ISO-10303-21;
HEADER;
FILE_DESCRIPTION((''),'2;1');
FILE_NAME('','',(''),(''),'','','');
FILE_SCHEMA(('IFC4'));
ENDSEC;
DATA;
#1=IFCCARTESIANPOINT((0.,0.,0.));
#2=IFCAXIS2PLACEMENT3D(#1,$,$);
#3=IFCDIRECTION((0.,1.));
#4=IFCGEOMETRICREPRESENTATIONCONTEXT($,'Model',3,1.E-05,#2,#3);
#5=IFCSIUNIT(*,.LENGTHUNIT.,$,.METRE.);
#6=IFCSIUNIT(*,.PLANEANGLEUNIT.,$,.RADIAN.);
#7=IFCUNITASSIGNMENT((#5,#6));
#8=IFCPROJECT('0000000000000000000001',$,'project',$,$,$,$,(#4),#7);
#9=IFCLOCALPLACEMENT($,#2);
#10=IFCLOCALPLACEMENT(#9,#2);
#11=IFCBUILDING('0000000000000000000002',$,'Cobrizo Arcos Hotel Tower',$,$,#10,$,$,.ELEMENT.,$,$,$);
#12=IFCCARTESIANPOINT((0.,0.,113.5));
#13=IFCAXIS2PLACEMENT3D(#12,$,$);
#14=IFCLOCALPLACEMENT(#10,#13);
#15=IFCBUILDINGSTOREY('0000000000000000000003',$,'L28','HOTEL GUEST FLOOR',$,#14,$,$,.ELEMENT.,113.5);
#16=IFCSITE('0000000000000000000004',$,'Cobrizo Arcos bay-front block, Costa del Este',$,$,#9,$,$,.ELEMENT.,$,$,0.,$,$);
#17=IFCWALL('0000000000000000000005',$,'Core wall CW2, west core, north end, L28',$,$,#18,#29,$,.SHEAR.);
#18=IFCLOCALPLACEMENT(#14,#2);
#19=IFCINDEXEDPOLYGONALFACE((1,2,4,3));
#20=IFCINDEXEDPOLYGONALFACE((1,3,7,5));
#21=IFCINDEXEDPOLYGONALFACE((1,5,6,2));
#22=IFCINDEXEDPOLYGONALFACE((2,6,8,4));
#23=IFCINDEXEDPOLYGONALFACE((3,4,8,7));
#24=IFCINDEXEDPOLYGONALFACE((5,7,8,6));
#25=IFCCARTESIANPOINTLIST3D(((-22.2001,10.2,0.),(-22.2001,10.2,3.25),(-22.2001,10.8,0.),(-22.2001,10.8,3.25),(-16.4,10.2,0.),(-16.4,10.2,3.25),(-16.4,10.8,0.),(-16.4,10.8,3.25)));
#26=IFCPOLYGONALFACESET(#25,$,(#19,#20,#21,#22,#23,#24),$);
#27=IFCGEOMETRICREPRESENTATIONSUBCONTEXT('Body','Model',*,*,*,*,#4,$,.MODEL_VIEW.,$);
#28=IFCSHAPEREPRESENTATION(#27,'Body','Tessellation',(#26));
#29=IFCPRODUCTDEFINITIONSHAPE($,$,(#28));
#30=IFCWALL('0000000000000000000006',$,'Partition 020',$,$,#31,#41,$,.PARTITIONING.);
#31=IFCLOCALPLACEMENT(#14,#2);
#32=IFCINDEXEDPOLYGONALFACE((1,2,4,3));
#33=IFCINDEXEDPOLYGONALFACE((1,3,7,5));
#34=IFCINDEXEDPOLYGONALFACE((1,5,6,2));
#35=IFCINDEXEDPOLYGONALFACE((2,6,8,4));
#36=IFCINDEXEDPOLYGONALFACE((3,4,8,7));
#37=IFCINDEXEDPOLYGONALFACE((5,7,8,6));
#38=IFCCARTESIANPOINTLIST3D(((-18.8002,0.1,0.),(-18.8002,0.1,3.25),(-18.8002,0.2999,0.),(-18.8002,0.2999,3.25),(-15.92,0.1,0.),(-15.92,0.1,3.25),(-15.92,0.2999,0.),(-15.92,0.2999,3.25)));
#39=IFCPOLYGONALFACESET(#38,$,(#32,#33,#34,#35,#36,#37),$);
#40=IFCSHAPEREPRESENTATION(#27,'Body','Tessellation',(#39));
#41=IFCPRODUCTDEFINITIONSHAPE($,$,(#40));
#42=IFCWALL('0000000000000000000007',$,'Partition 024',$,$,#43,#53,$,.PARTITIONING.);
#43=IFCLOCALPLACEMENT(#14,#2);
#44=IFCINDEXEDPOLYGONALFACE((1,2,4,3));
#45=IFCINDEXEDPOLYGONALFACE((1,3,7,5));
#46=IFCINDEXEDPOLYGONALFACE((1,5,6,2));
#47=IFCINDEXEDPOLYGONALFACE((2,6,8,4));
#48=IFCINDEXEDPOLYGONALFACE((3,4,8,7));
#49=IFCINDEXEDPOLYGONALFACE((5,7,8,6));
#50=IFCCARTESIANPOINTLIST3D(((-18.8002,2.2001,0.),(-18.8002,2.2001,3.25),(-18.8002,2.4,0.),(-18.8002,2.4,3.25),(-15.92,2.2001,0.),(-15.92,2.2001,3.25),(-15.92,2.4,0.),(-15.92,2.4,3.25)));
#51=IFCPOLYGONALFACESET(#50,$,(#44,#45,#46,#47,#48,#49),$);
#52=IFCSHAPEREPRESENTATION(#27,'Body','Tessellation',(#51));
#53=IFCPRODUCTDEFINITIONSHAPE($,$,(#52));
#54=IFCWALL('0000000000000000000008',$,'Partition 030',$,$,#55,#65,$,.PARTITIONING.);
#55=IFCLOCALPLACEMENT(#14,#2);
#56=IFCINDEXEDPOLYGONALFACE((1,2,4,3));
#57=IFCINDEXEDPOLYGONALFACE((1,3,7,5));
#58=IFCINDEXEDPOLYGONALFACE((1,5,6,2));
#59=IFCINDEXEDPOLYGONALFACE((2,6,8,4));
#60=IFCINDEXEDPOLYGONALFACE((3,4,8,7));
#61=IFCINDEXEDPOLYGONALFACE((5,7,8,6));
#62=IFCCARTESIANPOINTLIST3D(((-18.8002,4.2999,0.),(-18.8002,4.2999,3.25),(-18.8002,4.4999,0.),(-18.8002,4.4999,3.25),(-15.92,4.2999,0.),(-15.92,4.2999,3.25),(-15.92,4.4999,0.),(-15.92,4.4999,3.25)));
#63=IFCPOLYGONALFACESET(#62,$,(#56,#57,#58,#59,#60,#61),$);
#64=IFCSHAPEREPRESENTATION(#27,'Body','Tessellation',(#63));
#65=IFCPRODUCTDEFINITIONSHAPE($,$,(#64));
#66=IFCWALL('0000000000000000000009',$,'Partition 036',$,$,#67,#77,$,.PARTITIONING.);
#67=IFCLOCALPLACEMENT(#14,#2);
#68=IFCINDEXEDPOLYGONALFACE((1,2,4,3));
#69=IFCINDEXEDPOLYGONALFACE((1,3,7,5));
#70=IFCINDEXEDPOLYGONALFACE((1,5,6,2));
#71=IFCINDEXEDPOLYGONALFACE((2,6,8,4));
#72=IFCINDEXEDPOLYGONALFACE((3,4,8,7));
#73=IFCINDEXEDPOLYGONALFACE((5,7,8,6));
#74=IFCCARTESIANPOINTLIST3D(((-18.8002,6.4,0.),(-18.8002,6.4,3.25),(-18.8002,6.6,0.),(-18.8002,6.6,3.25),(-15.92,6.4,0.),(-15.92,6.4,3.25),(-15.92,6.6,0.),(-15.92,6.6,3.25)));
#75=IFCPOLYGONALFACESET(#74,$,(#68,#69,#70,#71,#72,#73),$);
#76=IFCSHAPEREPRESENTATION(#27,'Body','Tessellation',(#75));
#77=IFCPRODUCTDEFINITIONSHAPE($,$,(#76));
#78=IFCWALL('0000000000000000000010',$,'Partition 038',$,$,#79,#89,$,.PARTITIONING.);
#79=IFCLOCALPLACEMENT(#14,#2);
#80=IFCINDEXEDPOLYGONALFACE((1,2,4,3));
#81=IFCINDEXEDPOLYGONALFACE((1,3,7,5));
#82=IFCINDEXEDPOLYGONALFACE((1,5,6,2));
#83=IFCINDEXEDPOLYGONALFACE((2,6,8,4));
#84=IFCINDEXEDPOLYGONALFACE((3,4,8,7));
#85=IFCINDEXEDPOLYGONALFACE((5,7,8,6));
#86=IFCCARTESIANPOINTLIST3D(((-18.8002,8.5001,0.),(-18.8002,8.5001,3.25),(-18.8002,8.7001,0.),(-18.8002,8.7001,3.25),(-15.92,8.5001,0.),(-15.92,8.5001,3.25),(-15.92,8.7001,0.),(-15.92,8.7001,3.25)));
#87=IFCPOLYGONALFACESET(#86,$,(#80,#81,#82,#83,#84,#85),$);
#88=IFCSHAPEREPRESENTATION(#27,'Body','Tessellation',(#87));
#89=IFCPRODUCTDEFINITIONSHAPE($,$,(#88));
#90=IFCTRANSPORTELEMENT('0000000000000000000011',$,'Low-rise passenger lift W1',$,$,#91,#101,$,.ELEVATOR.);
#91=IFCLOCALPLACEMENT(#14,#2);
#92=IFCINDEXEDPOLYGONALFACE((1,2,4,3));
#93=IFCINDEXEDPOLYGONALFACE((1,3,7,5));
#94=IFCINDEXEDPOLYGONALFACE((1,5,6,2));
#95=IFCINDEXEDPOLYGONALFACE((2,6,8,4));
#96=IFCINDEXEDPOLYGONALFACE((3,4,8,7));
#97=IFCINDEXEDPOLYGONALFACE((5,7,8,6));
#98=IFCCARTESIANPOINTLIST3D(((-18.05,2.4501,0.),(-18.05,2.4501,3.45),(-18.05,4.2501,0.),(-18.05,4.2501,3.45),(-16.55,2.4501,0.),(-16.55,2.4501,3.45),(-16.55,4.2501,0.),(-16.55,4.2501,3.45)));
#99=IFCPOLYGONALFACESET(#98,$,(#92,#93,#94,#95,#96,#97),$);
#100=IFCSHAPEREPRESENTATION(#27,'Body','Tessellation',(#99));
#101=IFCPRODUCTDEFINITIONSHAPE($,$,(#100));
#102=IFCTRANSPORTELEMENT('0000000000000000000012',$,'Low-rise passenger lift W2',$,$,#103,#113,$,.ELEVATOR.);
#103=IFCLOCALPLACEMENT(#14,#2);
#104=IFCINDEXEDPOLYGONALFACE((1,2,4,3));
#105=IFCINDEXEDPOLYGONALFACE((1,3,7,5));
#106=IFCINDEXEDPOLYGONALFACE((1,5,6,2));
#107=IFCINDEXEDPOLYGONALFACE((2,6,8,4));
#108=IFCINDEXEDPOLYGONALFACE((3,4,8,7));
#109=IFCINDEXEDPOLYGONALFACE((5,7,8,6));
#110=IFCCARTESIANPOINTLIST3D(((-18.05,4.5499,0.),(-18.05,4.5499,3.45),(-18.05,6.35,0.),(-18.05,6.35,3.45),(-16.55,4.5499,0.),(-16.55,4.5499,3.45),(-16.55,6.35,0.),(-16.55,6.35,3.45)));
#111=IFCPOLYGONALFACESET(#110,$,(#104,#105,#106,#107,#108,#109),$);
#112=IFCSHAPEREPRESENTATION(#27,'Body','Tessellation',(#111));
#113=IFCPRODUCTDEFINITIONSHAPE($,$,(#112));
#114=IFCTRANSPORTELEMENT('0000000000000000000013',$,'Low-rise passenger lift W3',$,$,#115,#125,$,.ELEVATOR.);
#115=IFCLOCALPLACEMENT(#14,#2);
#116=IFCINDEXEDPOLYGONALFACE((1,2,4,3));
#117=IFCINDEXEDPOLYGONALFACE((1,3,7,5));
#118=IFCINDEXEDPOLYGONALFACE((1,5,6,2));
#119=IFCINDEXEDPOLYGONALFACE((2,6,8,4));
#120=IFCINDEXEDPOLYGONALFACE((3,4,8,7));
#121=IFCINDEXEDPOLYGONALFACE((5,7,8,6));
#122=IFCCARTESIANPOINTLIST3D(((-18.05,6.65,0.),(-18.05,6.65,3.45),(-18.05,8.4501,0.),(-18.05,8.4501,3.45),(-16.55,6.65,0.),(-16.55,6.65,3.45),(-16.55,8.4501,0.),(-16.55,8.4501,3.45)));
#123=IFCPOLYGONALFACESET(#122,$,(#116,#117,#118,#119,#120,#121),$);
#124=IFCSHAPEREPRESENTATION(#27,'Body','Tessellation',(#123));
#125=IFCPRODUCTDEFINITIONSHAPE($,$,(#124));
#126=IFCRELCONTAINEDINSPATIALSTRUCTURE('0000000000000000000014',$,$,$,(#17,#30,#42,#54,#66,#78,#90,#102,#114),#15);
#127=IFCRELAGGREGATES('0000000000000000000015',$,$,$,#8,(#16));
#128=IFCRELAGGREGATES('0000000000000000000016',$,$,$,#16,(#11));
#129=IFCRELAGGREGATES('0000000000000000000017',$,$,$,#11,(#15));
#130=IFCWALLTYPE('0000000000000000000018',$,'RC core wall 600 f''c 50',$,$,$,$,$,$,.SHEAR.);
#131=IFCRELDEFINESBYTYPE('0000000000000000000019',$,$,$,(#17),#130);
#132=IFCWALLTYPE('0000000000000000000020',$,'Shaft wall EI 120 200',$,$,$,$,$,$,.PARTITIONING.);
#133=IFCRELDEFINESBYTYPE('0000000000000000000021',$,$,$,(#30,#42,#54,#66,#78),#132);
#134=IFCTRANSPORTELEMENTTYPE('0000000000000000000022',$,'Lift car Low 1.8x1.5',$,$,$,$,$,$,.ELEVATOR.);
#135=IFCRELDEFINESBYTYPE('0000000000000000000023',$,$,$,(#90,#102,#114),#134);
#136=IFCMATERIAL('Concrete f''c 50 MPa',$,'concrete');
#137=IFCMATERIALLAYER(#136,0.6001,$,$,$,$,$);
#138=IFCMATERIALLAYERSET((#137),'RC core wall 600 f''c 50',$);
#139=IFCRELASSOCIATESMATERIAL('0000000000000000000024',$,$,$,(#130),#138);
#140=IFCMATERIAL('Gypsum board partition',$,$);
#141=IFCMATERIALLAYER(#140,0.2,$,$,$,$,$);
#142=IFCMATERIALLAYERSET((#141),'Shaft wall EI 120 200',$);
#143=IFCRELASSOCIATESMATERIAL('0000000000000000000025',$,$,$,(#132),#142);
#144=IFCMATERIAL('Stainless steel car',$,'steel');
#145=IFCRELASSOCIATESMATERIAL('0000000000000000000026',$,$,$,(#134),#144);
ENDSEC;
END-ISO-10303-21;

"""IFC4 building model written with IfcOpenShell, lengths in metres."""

from ifc_helpers import new_model, si_unit, direction, frame, frame_2d, origin, origin_2d, place, context, subcontext, project, spatial, rectangle, extrude, material, layer, layer_set, type_object, element, save


model = new_model("IFC4")

# Units and contexts
model_context = context("Model", 3, precision=1e-05, world=origin(), true_north=direction((0.0, 1.0)))
body_context = subcontext(model_context, "Body", "Model", "MODEL_VIEW")
ifc_project = project(units=[si_unit("LENGTHUNIT", "METRE"), si_unit("PLANEANGLEUNIT", "RADIAN")], contexts=[model_context])

# Site, building, storey
site_placement = place(None, origin())
site = spatial("IfcSite", under=ifc_project, at=site_placement, Name="Cobrizo Arcos bay-front block, Costa del Este", CompositionType="ELEMENT", RefElevation=0.0)
building_placement = place(site_placement, origin())
building = spatial("IfcBuilding", under=site, at=building_placement, Name="Cobrizo Arcos Hotel Tower", CompositionType="ELEMENT")
storey_placement = place(building_placement, frame((0.0, 0.0, 113.5)))
storey = spatial("IfcBuildingStorey", under=building, at=storey_placement, Name="L28", Description="HOTEL GUEST FLOOR", CompositionType="ELEMENT", Elevation=113.5)

# Shared definitions
ifc_material_1 = material(Name="Gypsum board partition")

# Walls
ifc_material_2 = material(Name="Concrete f'c 50 MPa", Category="concrete")
ifc_layer_1 = layer(ifc_material_2, 0.6001)
ifc_layer_set_1 = layer_set([ifc_layer_1], Name="RC core wall 600 f'c 50")
wall_type_1 = type_object("IfcWallType", Name="RC core wall 600 f'c 50", PredefinedType="SHEAR", material=ifc_layer_set_1)
wall_1_placement = place(storey_placement, frame((-22.2, 10.5, 0.0), z_axis=(0.0, 0.0, 1.0), x_axis=(1.0, 0.0, 0.0)))
element("IfcWall", 1, at=wall_1_placement, inside=storey, type_object=wall_type_1, Name="Core wall CW2, west core, north end, L28", PredefinedType="SHEAR", context=body_context, shape_type="SweptSolid", body=[
    extrude(rectangle(XDim=5.8, YDim=0.6001, at=frame_2d((2.8999, 0.0))), origin(), (0.0, 0.0, 1.0), 3.25),
])
ifc_layer_2 = layer(ifc_material_1, 0.2)
ifc_layer_set_2 = layer_set([ifc_layer_2], Name="Shaft wall EI 120 200")
wall_type_2 = type_object("IfcWallType", Name="Shaft wall EI 120 200", PredefinedType="PARTITIONING", material=ifc_layer_set_2)
for number, where, z_axis, x_axis, name in (
    (2, (-18.8, 0.2, 0.0), (0.0, 0.0, 1.0), (1.0, 0.0, 0.0), "Partition 020"),
    (3, (-18.8, 2.3, 0.0), (0.0, 0.0, 1.0), (1.0, 0.0, 0.0), "Partition 024"),
    (4, (-18.8, 4.3999, 0.0), (0.0, 0.0, 1.0), (1.0, 0.0, 0.0), "Partition 030"),
    (5, (-18.8, 6.5, 0.0), (0.0, 0.0, 1.0), (1.0, 0.0, 0.0), "Partition 036"),
    (6, (-18.8, 8.6001, 0.0), (0.0, 0.0, 1.0), (1.0, 0.0, 0.0), "Partition 038"),
):
    element("IfcWall", number, at=place(storey_placement, frame(where, z_axis=z_axis, x_axis=x_axis)), inside=storey, type_object=wall_type_2, Name=name, PredefinedType="PARTITIONING", context=body_context, shape_type="SweptSolid", body=[
        extrude(rectangle(XDim=2.8801, YDim=0.2, at=frame_2d((1.4399, 0.0))), origin(), (0.0, 0.0, 1.0), 3.25),
    ])

# Transport elements
ifc_material_3 = material(Name="Stainless steel car", Category="steel")
transport_element_type = type_object("IfcTransportElementType", Name="Lift car Low 1.8x1.5", PredefinedType="ELEVATOR", material=ifc_material_3)
for number, where, z_axis, x_axis, name in (
    (7, (-17.3, 3.3501, 0.0), (0.0, 0.0, 1.0), (1.0, 0.0, 0.0), "Low-rise passenger lift W1"),
    (8, (-17.3, 5.45, 0.0), (0.0, 0.0, 1.0), (1.0, 0.0, 0.0), "Low-rise passenger lift W2"),
    (9, (-17.3, 7.55, 0.0), (0.0, 0.0, 1.0), (1.0, 0.0, 0.0), "Low-rise passenger lift W3"),
):
    element("IfcTransportElement", number, at=place(storey_placement, frame(where, z_axis=z_axis, x_axis=x_axis)), inside=storey, type_object=transport_element_type, Name=name, PredefinedType="ELEVATOR", context=body_context, shape_type="SweptSolid", body=[
        extrude(rectangle(XDim=1.5, YDim=1.8, at=origin_2d()), origin(), (0.0, 0.0, 1.0), 3.45),
    ])

save(model, "model.ifc")
